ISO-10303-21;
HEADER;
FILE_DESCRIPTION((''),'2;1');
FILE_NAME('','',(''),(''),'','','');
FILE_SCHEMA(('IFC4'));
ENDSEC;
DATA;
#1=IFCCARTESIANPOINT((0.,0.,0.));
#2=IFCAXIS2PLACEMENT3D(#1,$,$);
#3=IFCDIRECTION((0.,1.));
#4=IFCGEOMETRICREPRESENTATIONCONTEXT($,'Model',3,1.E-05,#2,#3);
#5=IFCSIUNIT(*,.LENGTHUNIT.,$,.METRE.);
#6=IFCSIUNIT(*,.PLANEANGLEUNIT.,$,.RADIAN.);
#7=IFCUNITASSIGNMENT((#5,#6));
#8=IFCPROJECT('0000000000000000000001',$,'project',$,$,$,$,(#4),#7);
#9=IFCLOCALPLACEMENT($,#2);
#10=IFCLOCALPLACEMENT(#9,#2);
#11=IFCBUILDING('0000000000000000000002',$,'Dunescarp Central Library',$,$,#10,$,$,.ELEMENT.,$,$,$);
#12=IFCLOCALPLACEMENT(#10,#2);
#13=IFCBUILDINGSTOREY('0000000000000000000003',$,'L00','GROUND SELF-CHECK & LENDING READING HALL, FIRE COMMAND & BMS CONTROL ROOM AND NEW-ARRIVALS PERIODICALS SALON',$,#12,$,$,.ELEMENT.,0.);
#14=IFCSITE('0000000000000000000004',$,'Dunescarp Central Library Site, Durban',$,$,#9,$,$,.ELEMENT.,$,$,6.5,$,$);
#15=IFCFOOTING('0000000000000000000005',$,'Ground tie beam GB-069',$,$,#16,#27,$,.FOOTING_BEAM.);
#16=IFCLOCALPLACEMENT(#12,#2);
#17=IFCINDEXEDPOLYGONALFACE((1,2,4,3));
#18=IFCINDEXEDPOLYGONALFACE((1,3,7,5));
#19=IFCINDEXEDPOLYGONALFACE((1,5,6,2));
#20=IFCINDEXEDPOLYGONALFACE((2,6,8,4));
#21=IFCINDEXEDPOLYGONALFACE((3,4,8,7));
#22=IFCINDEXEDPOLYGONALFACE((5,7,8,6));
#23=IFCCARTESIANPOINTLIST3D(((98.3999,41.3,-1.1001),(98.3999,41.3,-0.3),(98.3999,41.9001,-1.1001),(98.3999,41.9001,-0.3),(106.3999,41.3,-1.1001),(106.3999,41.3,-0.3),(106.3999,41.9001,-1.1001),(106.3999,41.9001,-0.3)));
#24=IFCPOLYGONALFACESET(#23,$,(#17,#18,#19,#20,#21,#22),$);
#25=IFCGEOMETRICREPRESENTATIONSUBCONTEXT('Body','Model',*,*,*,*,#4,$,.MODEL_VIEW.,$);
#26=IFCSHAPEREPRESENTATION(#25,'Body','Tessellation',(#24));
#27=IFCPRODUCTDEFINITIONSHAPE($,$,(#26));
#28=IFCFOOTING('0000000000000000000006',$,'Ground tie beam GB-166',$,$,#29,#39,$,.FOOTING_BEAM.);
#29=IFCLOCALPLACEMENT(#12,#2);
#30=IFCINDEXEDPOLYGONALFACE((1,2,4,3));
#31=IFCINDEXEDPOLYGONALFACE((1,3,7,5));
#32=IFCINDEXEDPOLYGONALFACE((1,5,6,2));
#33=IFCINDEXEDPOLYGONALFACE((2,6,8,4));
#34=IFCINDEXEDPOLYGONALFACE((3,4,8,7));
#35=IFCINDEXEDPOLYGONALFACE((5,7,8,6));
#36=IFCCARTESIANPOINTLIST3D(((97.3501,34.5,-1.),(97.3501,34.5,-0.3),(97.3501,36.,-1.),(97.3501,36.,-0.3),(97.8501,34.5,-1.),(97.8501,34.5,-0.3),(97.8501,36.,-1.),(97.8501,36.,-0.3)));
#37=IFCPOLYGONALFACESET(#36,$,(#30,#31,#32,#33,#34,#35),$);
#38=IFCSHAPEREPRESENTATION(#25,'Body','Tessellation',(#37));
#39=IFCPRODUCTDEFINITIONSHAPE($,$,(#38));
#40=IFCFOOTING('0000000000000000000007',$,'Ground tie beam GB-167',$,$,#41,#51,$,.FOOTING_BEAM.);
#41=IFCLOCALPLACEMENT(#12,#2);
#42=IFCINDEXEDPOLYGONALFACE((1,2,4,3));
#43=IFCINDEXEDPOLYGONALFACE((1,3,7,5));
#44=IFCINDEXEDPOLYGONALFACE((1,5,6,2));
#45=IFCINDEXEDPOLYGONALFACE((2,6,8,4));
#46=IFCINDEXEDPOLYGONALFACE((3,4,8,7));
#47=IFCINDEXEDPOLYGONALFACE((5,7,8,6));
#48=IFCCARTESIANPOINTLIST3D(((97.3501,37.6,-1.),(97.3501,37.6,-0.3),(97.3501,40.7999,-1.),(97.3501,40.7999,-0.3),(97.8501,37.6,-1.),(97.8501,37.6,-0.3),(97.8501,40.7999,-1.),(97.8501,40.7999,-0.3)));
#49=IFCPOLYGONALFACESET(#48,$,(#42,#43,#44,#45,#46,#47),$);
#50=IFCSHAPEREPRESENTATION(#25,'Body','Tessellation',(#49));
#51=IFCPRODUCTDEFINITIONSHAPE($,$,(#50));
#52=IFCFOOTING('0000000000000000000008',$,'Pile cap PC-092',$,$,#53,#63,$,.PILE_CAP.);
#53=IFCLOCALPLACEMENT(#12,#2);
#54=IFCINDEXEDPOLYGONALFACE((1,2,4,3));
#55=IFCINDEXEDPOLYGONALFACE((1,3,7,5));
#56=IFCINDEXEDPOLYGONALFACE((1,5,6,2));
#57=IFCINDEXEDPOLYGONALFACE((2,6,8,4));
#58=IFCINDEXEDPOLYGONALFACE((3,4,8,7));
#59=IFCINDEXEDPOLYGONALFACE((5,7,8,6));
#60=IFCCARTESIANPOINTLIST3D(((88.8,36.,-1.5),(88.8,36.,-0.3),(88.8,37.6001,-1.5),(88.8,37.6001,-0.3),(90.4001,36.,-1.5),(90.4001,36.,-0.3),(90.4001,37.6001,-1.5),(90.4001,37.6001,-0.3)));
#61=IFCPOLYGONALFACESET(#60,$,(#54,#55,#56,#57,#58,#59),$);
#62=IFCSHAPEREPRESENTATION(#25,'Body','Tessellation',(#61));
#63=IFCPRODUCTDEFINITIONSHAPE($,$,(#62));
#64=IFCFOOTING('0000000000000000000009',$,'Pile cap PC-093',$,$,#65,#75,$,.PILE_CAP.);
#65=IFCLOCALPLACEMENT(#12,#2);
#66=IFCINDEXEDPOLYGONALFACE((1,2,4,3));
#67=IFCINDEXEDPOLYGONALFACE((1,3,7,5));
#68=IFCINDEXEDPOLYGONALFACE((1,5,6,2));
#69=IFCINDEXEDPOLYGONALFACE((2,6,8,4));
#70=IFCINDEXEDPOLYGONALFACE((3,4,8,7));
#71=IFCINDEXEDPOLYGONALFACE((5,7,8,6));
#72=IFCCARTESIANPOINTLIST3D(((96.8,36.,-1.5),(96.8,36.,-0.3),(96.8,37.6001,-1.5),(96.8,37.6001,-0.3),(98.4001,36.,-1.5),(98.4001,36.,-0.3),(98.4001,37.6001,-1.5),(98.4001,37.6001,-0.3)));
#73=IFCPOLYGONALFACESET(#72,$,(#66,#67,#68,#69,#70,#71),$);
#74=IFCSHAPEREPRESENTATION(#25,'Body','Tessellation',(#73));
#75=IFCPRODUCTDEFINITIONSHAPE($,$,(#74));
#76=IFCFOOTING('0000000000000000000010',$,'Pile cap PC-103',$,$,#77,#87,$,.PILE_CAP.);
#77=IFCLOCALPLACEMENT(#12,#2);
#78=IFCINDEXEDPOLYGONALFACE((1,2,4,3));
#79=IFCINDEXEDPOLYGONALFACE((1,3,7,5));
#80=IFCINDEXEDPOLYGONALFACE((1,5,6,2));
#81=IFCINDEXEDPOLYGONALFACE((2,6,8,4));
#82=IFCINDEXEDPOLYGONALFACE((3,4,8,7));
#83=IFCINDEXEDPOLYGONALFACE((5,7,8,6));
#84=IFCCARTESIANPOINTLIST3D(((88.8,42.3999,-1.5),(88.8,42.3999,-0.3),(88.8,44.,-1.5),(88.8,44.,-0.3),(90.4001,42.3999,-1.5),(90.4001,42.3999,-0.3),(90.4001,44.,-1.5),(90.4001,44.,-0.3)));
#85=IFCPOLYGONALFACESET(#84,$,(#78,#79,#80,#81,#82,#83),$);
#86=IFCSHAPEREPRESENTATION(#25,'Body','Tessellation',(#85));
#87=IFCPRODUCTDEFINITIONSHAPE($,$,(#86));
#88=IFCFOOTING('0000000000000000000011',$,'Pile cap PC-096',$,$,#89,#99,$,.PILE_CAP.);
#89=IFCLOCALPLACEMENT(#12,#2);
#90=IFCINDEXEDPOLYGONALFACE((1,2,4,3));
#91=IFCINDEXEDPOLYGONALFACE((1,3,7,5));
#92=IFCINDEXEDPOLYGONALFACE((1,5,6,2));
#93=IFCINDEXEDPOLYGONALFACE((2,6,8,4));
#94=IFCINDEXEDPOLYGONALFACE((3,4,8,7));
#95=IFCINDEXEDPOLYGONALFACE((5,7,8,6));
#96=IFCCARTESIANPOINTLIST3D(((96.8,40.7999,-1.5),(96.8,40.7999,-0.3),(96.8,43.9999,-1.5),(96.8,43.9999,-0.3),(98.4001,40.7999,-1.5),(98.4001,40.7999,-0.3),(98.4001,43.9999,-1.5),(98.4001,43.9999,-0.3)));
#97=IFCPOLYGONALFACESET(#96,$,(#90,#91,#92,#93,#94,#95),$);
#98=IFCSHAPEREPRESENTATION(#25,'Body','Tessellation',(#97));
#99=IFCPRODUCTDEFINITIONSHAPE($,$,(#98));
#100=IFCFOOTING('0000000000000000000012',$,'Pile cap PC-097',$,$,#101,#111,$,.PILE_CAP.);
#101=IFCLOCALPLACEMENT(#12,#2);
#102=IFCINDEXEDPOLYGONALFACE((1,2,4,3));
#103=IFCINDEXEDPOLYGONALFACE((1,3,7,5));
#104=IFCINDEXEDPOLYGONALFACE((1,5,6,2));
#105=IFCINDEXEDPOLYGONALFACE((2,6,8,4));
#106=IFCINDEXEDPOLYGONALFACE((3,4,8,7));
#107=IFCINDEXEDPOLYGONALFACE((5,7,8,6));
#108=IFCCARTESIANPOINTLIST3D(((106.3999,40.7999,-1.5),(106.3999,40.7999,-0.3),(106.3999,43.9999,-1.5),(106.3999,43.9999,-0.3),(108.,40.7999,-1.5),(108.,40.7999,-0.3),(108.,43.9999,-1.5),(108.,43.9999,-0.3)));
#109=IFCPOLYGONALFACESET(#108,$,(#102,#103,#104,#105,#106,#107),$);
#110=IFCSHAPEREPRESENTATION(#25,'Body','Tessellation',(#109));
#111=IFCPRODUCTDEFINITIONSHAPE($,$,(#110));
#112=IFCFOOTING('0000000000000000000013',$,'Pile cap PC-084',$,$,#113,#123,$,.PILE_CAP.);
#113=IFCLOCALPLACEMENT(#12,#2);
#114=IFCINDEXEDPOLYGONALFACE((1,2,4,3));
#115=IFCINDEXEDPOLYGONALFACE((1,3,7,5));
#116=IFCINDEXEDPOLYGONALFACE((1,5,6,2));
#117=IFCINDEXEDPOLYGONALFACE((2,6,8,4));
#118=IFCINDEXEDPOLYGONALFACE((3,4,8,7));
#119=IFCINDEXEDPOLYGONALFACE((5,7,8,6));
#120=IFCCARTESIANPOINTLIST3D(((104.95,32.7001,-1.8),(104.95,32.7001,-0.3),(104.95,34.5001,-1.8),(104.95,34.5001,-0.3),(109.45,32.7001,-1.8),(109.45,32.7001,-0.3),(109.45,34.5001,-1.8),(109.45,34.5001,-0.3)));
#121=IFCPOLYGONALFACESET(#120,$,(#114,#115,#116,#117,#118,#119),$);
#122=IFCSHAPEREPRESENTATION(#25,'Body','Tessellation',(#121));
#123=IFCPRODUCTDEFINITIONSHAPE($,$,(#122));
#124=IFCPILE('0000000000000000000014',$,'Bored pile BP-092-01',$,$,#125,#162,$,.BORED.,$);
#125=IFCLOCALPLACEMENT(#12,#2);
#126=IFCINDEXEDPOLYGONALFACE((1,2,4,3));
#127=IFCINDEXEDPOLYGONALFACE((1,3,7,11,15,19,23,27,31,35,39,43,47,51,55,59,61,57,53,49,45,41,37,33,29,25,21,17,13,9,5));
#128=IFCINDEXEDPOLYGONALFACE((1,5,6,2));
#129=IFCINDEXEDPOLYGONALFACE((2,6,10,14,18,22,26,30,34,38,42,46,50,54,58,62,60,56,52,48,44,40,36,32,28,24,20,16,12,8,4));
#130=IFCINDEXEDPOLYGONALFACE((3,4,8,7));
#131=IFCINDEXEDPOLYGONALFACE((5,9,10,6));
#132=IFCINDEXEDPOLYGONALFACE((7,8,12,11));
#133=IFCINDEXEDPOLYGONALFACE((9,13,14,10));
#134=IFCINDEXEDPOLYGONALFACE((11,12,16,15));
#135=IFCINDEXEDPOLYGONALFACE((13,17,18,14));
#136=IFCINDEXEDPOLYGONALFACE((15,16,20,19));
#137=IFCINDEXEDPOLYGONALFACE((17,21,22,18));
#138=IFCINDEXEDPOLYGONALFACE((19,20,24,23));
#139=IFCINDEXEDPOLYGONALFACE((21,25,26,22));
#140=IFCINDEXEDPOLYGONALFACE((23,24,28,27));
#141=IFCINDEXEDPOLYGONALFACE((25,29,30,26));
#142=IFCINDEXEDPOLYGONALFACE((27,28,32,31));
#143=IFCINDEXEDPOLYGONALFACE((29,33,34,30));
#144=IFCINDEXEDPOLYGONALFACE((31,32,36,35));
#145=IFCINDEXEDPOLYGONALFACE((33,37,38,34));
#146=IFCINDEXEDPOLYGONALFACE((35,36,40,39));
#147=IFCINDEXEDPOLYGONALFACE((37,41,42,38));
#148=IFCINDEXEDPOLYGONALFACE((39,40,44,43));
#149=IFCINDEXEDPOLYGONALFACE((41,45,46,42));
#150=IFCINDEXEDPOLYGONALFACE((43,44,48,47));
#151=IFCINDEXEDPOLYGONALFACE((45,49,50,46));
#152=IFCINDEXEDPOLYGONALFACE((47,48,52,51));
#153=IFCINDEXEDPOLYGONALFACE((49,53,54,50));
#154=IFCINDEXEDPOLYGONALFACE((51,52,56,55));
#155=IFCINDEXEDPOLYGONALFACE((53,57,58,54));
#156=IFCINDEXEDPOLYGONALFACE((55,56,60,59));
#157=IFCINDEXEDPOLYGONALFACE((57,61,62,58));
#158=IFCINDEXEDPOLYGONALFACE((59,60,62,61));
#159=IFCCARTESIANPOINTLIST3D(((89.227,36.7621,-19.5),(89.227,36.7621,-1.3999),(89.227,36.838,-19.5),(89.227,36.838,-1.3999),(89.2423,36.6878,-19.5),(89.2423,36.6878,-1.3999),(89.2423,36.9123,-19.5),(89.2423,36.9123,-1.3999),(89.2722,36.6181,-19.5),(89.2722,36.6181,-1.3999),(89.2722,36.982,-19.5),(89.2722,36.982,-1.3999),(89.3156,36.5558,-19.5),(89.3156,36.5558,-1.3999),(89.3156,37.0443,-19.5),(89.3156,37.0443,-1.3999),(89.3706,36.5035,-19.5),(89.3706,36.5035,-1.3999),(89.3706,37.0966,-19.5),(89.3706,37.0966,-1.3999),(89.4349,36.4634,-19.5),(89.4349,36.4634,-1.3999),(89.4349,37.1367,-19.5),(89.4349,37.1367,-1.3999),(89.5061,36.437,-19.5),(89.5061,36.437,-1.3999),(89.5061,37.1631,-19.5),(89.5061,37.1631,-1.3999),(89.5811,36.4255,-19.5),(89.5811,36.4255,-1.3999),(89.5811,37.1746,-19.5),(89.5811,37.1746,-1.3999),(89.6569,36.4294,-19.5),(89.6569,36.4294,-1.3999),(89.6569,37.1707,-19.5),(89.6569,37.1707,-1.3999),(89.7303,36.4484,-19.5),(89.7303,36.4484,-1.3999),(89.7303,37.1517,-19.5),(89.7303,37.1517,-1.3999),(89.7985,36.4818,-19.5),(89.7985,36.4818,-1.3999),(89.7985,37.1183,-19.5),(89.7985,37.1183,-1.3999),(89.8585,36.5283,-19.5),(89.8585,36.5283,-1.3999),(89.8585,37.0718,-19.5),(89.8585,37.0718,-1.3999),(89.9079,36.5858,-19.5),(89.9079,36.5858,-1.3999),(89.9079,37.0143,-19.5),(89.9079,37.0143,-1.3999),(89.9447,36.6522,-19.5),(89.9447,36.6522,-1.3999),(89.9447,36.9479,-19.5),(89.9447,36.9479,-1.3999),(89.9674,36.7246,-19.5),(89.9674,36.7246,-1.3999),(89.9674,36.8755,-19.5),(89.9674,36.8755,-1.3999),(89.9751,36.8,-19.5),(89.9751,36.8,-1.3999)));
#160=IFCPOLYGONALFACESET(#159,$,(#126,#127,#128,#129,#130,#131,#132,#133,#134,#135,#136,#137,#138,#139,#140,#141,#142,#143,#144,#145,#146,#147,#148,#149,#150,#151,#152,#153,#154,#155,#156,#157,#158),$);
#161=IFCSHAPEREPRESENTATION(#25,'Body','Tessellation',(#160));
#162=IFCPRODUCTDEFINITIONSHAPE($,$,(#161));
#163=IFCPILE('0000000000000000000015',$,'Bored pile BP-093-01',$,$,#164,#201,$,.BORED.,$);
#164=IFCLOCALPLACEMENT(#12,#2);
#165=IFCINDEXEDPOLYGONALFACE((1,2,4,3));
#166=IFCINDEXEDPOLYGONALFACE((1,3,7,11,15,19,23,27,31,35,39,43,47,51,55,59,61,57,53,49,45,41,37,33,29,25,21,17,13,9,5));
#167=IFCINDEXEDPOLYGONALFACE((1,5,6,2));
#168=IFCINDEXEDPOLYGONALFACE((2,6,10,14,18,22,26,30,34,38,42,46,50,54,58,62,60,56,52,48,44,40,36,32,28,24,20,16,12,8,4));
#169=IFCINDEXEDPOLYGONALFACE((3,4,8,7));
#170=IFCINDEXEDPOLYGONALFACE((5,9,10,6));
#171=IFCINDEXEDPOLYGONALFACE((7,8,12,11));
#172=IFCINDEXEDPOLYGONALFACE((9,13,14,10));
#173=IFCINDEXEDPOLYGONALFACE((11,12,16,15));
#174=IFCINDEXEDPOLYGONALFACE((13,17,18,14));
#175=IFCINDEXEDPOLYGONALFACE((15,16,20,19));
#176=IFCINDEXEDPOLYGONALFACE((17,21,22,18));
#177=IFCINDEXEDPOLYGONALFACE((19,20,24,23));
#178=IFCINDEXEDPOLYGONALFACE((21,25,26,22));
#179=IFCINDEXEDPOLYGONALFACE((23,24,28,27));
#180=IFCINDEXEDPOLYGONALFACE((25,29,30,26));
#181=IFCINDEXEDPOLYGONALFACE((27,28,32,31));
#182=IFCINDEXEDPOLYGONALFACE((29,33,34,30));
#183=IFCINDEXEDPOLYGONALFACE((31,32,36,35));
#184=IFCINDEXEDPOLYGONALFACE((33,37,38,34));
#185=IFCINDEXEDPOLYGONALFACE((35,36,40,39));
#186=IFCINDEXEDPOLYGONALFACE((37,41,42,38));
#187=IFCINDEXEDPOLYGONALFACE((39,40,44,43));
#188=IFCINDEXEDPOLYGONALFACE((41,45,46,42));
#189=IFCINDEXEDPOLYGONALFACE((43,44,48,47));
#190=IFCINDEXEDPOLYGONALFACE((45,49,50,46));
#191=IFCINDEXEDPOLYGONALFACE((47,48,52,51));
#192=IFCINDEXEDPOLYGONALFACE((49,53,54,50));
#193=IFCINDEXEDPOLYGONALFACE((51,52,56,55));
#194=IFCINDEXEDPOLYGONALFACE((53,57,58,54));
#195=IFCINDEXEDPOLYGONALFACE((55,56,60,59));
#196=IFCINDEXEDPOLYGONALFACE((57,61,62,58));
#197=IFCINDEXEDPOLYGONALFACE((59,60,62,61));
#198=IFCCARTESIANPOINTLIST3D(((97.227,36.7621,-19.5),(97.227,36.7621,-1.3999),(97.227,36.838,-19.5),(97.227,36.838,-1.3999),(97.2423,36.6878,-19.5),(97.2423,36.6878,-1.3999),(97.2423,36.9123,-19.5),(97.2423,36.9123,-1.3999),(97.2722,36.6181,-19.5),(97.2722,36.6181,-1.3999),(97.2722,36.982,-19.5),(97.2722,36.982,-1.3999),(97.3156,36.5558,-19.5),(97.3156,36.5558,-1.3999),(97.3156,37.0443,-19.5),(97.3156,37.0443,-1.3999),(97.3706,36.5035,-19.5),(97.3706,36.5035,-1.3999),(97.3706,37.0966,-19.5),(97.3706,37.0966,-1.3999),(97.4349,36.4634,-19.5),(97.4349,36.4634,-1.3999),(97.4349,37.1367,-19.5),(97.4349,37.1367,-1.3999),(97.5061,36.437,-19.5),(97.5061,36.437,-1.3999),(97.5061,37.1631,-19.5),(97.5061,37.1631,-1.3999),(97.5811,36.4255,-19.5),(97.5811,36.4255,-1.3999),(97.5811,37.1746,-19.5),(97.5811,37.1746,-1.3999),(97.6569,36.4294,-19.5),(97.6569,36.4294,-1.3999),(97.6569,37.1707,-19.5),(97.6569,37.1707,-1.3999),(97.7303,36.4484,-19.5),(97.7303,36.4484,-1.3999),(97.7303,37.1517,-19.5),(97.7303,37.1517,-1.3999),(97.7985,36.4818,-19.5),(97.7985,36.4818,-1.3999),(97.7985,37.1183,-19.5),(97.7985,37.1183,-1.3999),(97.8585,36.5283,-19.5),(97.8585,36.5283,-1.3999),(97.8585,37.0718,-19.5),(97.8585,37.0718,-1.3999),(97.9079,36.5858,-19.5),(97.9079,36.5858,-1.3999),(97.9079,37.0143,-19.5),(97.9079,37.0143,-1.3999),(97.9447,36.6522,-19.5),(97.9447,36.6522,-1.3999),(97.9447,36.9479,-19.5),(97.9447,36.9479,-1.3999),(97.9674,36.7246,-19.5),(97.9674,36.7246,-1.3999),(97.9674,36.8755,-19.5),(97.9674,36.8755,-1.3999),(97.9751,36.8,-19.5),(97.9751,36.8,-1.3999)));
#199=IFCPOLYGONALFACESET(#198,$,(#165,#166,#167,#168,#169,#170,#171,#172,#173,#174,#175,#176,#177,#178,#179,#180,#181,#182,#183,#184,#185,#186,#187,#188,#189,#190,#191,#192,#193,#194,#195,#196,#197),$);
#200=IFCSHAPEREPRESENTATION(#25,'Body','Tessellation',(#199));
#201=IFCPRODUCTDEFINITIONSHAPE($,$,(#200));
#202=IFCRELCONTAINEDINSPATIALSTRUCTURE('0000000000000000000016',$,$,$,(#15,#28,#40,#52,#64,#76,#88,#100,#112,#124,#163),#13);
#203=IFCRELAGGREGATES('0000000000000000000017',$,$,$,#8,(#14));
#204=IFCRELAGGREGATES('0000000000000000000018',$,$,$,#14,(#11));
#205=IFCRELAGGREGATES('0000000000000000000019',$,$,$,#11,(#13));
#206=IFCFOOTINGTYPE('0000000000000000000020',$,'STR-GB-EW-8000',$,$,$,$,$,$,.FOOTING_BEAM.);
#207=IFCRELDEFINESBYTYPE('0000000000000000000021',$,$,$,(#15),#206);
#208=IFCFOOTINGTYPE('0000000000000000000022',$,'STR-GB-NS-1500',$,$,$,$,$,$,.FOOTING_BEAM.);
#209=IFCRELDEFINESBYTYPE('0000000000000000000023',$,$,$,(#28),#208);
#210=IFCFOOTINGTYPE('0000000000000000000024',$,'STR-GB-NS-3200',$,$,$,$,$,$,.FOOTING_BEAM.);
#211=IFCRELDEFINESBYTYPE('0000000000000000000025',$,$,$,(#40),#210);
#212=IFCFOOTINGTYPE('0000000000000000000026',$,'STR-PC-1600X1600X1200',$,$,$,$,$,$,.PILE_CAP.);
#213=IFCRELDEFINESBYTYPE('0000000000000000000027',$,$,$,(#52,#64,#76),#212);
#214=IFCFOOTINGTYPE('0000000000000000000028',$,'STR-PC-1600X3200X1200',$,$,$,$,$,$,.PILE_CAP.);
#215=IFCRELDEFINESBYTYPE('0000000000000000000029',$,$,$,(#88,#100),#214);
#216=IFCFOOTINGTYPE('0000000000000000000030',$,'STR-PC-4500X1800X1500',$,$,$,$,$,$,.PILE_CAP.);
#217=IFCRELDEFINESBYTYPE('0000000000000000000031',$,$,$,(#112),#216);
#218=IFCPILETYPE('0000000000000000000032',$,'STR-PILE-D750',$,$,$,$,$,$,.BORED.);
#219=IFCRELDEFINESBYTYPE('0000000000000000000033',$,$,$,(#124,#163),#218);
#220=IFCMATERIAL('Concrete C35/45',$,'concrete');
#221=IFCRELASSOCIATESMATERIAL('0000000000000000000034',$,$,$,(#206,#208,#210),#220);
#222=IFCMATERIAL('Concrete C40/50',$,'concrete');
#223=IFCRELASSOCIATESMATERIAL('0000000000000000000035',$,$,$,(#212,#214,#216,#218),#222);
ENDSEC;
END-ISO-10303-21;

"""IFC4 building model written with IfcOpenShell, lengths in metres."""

from ifc_helpers import new_model, si_unit, direction, frame, origin, origin_2d, place, context, subcontext, project, spatial, rectangle, circle, extrude, material, material_profile, profile_set, type_object, element, save


model = new_model("IFC4")

# Units and contexts
model_context = context("Model", 3, precision=1e-05, world=origin(), true_north=direction((0.0, 1.0)))
body_context = subcontext(model_context, "Body", "Model", "MODEL_VIEW")
ifc_project = project(units=[si_unit("LENGTHUNIT", "METRE"), si_unit("PLANEANGLEUNIT", "RADIAN")], contexts=[model_context])

# Site, building, storey
site_placement = place(None, origin())
site = spatial("IfcSite", under=ifc_project, at=site_placement, Name="Dunescarp Central Library Site, Durban", CompositionType="ELEMENT", RefElevation=6.5)
building_placement = place(site_placement, origin())
building = spatial("IfcBuilding", under=site, at=building_placement, Name="Dunescarp Central Library", CompositionType="ELEMENT")
storey_placement = place(building_placement, origin())
storey = spatial("IfcBuildingStorey", under=building, at=storey_placement, Name="L00", Description="GROUND SELF-CHECK & LENDING READING HALL, FIRE COMMAND & BMS CONTROL ROOM AND NEW-ARRIVALS PERIODICALS SALON", CompositionType="ELEMENT", Elevation=0.0)

# Footings
ifc_material_1 = material(Name="Concrete C35/45", Category="concrete")
footing_type_1 = type_object("IfcFootingType", Name="STR-GB-EW-8000", PredefinedType="FOOTING_BEAM", material=ifc_material_1)
footing_1_placement = place(storey_placement, frame((102.3999, 41.6001, -1.1001), z_axis=(0.0, 0.0, 1.0), x_axis=(1.0, 0.0, 0.0)))
element("IfcFooting", 1, at=footing_1_placement, inside=storey, type_object=footing_type_1, Name="Ground tie beam GB-069", PredefinedType="FOOTING_BEAM", context=body_context, shape_type="SweptSolid", body=[
    extrude(rectangle(XDim=8.0, YDim=0.6001, at=origin_2d()), origin(), (0.0, 0.0, 1.0), 0.8),
])
footing_type_2 = type_object("IfcFootingType", Name="STR-GB-NS-1500", PredefinedType="FOOTING_BEAM", material=ifc_material_1)
footing_2_placement = place(storey_placement, frame((97.6001, 35.25, -1.0), z_axis=(0.0, 0.0, 1.0), x_axis=(0.0, 1.0, 0.0)))
element("IfcFooting", 2, at=footing_2_placement, inside=storey, type_object=footing_type_2, Name="Ground tie beam GB-166", PredefinedType="FOOTING_BEAM", context=body_context, shape_type="SweptSolid", body=[
    extrude(rectangle(XDim=1.5, YDim=0.5, at=origin_2d()), origin(), (0.0, 0.0, 1.0), 0.7),
])
footing_type_3 = type_object("IfcFootingType", Name="STR-GB-NS-3200", PredefinedType="FOOTING_BEAM", material=ifc_material_1)
footing_3_placement = place(storey_placement, frame((97.6001, 39.2, -1.0), z_axis=(0.0, 0.0, 1.0), x_axis=(0.0, 1.0, 0.0)))
element("IfcFooting", 3, at=footing_3_placement, inside=storey, type_object=footing_type_3, Name="Ground tie beam GB-167", PredefinedType="FOOTING_BEAM", context=body_context, shape_type="SweptSolid", body=[
    extrude(rectangle(XDim=3.2, YDim=0.5, at=origin_2d()), origin(), (0.0, 0.0, 1.0), 0.7),
])
ifc_material_2 = material(Name="Concrete C40/50", Category="concrete")
footing_type_4 = type_object("IfcFootingType", Name="STR-PC-1600X1600X1200", PredefinedType="PILE_CAP", material=ifc_material_2)
for number, where, z_axis, x_axis, name in (
    (4, (89.6001, 36.8, -1.5), (0.0, 0.0, 1.0), (1.0, 0.0, 0.0), "Pile cap PC-092"),
    (5, (97.6001, 36.8, -1.5), (0.0, 0.0, 1.0), (1.0, 0.0, 0.0), "Pile cap PC-093"),
    (6, (89.6001, 43.2, -1.5), (0.0, 0.0, 1.0), (1.0, 0.0, 0.0), "Pile cap PC-103"),
):
    element("IfcFooting", number, at=place(storey_placement, frame(where, z_axis=z_axis, x_axis=x_axis)), inside=storey, type_object=footing_type_4, Name=name, PredefinedType="PILE_CAP", context=body_context, shape_type="SweptSolid", body=[
        extrude(rectangle(XDim=1.6001, YDim=1.6001, at=origin_2d()), origin(), (0.0, 0.0, 1.0), 1.2),
    ])
footing_type_5 = type_object("IfcFootingType", Name="STR-PC-1600X3200X1200", PredefinedType="PILE_CAP", material=ifc_material_2)
for number, where, z_axis, x_axis, name in (
    (7, (97.6001, 42.3999, -1.5), (0.0, 0.0, 1.0), (1.0, 0.0, 0.0), "Pile cap PC-096"),
    (8, (107.2, 42.3999, -1.5), (0.0, 0.0, 1.0), (1.0, 0.0, 0.0), "Pile cap PC-097"),
):
    element("IfcFooting", number, at=place(storey_placement, frame(where, z_axis=z_axis, x_axis=x_axis)), inside=storey, type_object=footing_type_5, Name=name, PredefinedType="PILE_CAP", context=body_context, shape_type="SweptSolid", body=[
        extrude(rectangle(XDim=1.6001, YDim=3.2, at=origin_2d()), origin(), (0.0, 0.0, 1.0), 1.2),
    ])
footing_type_6 = type_object("IfcFootingType", Name="STR-PC-4500X1800X1500", PredefinedType="PILE_CAP", material=ifc_material_2)
footing_4_placement = place(storey_placement, frame((107.2, 33.6001, -1.8), z_axis=(0.0, 0.0, 1.0), x_axis=(1.0, 0.0, 0.0)))
element("IfcFooting", 9, at=footing_4_placement, inside=storey, type_object=footing_type_6, Name="Pile cap PC-084", PredefinedType="PILE_CAP", context=body_context, shape_type="SweptSolid", body=[
    extrude(rectangle(XDim=4.5, YDim=1.8, at=origin_2d()), origin(), (0.0, 0.0, 1.0), 1.5),
])

# Piles
ifc_material_profile_1 = material_profile(ifc_material_2, circle(Radius=0.375, at=origin_2d()), Name="PILE D750")
ifc_profile_set_1 = profile_set([ifc_material_profile_1], Name="Concrete C40/50")
pile_type = type_object("IfcPileType", Name="STR-PILE-D750", PredefinedType="BORED", material=ifc_profile_set_1)
for number, where, z_axis, x_axis, name in (
    (10, (89.6001, 36.8, -1.3999), (0.0, 0.0, -1.0), (1.0, 0.0, 0.0), "Bored pile BP-092-01"),
    (11, (97.6001, 36.8, -1.3999), (0.0, 0.0, -1.0), (1.0, 0.0, 0.0), "Bored pile BP-093-01"),
):
    element("IfcPile", number, at=place(storey_placement, frame(where, z_axis=z_axis, x_axis=x_axis)), inside=storey, type_object=pile_type, Name=name, PredefinedType="BORED", context=body_context, shape_type="SweptSolid", body=[
        extrude(circle(Radius=0.375, at=origin_2d()), origin(), (0.0, 0.0, 1.0), 18.1001),
    ])

save(model, "model.ifc")
